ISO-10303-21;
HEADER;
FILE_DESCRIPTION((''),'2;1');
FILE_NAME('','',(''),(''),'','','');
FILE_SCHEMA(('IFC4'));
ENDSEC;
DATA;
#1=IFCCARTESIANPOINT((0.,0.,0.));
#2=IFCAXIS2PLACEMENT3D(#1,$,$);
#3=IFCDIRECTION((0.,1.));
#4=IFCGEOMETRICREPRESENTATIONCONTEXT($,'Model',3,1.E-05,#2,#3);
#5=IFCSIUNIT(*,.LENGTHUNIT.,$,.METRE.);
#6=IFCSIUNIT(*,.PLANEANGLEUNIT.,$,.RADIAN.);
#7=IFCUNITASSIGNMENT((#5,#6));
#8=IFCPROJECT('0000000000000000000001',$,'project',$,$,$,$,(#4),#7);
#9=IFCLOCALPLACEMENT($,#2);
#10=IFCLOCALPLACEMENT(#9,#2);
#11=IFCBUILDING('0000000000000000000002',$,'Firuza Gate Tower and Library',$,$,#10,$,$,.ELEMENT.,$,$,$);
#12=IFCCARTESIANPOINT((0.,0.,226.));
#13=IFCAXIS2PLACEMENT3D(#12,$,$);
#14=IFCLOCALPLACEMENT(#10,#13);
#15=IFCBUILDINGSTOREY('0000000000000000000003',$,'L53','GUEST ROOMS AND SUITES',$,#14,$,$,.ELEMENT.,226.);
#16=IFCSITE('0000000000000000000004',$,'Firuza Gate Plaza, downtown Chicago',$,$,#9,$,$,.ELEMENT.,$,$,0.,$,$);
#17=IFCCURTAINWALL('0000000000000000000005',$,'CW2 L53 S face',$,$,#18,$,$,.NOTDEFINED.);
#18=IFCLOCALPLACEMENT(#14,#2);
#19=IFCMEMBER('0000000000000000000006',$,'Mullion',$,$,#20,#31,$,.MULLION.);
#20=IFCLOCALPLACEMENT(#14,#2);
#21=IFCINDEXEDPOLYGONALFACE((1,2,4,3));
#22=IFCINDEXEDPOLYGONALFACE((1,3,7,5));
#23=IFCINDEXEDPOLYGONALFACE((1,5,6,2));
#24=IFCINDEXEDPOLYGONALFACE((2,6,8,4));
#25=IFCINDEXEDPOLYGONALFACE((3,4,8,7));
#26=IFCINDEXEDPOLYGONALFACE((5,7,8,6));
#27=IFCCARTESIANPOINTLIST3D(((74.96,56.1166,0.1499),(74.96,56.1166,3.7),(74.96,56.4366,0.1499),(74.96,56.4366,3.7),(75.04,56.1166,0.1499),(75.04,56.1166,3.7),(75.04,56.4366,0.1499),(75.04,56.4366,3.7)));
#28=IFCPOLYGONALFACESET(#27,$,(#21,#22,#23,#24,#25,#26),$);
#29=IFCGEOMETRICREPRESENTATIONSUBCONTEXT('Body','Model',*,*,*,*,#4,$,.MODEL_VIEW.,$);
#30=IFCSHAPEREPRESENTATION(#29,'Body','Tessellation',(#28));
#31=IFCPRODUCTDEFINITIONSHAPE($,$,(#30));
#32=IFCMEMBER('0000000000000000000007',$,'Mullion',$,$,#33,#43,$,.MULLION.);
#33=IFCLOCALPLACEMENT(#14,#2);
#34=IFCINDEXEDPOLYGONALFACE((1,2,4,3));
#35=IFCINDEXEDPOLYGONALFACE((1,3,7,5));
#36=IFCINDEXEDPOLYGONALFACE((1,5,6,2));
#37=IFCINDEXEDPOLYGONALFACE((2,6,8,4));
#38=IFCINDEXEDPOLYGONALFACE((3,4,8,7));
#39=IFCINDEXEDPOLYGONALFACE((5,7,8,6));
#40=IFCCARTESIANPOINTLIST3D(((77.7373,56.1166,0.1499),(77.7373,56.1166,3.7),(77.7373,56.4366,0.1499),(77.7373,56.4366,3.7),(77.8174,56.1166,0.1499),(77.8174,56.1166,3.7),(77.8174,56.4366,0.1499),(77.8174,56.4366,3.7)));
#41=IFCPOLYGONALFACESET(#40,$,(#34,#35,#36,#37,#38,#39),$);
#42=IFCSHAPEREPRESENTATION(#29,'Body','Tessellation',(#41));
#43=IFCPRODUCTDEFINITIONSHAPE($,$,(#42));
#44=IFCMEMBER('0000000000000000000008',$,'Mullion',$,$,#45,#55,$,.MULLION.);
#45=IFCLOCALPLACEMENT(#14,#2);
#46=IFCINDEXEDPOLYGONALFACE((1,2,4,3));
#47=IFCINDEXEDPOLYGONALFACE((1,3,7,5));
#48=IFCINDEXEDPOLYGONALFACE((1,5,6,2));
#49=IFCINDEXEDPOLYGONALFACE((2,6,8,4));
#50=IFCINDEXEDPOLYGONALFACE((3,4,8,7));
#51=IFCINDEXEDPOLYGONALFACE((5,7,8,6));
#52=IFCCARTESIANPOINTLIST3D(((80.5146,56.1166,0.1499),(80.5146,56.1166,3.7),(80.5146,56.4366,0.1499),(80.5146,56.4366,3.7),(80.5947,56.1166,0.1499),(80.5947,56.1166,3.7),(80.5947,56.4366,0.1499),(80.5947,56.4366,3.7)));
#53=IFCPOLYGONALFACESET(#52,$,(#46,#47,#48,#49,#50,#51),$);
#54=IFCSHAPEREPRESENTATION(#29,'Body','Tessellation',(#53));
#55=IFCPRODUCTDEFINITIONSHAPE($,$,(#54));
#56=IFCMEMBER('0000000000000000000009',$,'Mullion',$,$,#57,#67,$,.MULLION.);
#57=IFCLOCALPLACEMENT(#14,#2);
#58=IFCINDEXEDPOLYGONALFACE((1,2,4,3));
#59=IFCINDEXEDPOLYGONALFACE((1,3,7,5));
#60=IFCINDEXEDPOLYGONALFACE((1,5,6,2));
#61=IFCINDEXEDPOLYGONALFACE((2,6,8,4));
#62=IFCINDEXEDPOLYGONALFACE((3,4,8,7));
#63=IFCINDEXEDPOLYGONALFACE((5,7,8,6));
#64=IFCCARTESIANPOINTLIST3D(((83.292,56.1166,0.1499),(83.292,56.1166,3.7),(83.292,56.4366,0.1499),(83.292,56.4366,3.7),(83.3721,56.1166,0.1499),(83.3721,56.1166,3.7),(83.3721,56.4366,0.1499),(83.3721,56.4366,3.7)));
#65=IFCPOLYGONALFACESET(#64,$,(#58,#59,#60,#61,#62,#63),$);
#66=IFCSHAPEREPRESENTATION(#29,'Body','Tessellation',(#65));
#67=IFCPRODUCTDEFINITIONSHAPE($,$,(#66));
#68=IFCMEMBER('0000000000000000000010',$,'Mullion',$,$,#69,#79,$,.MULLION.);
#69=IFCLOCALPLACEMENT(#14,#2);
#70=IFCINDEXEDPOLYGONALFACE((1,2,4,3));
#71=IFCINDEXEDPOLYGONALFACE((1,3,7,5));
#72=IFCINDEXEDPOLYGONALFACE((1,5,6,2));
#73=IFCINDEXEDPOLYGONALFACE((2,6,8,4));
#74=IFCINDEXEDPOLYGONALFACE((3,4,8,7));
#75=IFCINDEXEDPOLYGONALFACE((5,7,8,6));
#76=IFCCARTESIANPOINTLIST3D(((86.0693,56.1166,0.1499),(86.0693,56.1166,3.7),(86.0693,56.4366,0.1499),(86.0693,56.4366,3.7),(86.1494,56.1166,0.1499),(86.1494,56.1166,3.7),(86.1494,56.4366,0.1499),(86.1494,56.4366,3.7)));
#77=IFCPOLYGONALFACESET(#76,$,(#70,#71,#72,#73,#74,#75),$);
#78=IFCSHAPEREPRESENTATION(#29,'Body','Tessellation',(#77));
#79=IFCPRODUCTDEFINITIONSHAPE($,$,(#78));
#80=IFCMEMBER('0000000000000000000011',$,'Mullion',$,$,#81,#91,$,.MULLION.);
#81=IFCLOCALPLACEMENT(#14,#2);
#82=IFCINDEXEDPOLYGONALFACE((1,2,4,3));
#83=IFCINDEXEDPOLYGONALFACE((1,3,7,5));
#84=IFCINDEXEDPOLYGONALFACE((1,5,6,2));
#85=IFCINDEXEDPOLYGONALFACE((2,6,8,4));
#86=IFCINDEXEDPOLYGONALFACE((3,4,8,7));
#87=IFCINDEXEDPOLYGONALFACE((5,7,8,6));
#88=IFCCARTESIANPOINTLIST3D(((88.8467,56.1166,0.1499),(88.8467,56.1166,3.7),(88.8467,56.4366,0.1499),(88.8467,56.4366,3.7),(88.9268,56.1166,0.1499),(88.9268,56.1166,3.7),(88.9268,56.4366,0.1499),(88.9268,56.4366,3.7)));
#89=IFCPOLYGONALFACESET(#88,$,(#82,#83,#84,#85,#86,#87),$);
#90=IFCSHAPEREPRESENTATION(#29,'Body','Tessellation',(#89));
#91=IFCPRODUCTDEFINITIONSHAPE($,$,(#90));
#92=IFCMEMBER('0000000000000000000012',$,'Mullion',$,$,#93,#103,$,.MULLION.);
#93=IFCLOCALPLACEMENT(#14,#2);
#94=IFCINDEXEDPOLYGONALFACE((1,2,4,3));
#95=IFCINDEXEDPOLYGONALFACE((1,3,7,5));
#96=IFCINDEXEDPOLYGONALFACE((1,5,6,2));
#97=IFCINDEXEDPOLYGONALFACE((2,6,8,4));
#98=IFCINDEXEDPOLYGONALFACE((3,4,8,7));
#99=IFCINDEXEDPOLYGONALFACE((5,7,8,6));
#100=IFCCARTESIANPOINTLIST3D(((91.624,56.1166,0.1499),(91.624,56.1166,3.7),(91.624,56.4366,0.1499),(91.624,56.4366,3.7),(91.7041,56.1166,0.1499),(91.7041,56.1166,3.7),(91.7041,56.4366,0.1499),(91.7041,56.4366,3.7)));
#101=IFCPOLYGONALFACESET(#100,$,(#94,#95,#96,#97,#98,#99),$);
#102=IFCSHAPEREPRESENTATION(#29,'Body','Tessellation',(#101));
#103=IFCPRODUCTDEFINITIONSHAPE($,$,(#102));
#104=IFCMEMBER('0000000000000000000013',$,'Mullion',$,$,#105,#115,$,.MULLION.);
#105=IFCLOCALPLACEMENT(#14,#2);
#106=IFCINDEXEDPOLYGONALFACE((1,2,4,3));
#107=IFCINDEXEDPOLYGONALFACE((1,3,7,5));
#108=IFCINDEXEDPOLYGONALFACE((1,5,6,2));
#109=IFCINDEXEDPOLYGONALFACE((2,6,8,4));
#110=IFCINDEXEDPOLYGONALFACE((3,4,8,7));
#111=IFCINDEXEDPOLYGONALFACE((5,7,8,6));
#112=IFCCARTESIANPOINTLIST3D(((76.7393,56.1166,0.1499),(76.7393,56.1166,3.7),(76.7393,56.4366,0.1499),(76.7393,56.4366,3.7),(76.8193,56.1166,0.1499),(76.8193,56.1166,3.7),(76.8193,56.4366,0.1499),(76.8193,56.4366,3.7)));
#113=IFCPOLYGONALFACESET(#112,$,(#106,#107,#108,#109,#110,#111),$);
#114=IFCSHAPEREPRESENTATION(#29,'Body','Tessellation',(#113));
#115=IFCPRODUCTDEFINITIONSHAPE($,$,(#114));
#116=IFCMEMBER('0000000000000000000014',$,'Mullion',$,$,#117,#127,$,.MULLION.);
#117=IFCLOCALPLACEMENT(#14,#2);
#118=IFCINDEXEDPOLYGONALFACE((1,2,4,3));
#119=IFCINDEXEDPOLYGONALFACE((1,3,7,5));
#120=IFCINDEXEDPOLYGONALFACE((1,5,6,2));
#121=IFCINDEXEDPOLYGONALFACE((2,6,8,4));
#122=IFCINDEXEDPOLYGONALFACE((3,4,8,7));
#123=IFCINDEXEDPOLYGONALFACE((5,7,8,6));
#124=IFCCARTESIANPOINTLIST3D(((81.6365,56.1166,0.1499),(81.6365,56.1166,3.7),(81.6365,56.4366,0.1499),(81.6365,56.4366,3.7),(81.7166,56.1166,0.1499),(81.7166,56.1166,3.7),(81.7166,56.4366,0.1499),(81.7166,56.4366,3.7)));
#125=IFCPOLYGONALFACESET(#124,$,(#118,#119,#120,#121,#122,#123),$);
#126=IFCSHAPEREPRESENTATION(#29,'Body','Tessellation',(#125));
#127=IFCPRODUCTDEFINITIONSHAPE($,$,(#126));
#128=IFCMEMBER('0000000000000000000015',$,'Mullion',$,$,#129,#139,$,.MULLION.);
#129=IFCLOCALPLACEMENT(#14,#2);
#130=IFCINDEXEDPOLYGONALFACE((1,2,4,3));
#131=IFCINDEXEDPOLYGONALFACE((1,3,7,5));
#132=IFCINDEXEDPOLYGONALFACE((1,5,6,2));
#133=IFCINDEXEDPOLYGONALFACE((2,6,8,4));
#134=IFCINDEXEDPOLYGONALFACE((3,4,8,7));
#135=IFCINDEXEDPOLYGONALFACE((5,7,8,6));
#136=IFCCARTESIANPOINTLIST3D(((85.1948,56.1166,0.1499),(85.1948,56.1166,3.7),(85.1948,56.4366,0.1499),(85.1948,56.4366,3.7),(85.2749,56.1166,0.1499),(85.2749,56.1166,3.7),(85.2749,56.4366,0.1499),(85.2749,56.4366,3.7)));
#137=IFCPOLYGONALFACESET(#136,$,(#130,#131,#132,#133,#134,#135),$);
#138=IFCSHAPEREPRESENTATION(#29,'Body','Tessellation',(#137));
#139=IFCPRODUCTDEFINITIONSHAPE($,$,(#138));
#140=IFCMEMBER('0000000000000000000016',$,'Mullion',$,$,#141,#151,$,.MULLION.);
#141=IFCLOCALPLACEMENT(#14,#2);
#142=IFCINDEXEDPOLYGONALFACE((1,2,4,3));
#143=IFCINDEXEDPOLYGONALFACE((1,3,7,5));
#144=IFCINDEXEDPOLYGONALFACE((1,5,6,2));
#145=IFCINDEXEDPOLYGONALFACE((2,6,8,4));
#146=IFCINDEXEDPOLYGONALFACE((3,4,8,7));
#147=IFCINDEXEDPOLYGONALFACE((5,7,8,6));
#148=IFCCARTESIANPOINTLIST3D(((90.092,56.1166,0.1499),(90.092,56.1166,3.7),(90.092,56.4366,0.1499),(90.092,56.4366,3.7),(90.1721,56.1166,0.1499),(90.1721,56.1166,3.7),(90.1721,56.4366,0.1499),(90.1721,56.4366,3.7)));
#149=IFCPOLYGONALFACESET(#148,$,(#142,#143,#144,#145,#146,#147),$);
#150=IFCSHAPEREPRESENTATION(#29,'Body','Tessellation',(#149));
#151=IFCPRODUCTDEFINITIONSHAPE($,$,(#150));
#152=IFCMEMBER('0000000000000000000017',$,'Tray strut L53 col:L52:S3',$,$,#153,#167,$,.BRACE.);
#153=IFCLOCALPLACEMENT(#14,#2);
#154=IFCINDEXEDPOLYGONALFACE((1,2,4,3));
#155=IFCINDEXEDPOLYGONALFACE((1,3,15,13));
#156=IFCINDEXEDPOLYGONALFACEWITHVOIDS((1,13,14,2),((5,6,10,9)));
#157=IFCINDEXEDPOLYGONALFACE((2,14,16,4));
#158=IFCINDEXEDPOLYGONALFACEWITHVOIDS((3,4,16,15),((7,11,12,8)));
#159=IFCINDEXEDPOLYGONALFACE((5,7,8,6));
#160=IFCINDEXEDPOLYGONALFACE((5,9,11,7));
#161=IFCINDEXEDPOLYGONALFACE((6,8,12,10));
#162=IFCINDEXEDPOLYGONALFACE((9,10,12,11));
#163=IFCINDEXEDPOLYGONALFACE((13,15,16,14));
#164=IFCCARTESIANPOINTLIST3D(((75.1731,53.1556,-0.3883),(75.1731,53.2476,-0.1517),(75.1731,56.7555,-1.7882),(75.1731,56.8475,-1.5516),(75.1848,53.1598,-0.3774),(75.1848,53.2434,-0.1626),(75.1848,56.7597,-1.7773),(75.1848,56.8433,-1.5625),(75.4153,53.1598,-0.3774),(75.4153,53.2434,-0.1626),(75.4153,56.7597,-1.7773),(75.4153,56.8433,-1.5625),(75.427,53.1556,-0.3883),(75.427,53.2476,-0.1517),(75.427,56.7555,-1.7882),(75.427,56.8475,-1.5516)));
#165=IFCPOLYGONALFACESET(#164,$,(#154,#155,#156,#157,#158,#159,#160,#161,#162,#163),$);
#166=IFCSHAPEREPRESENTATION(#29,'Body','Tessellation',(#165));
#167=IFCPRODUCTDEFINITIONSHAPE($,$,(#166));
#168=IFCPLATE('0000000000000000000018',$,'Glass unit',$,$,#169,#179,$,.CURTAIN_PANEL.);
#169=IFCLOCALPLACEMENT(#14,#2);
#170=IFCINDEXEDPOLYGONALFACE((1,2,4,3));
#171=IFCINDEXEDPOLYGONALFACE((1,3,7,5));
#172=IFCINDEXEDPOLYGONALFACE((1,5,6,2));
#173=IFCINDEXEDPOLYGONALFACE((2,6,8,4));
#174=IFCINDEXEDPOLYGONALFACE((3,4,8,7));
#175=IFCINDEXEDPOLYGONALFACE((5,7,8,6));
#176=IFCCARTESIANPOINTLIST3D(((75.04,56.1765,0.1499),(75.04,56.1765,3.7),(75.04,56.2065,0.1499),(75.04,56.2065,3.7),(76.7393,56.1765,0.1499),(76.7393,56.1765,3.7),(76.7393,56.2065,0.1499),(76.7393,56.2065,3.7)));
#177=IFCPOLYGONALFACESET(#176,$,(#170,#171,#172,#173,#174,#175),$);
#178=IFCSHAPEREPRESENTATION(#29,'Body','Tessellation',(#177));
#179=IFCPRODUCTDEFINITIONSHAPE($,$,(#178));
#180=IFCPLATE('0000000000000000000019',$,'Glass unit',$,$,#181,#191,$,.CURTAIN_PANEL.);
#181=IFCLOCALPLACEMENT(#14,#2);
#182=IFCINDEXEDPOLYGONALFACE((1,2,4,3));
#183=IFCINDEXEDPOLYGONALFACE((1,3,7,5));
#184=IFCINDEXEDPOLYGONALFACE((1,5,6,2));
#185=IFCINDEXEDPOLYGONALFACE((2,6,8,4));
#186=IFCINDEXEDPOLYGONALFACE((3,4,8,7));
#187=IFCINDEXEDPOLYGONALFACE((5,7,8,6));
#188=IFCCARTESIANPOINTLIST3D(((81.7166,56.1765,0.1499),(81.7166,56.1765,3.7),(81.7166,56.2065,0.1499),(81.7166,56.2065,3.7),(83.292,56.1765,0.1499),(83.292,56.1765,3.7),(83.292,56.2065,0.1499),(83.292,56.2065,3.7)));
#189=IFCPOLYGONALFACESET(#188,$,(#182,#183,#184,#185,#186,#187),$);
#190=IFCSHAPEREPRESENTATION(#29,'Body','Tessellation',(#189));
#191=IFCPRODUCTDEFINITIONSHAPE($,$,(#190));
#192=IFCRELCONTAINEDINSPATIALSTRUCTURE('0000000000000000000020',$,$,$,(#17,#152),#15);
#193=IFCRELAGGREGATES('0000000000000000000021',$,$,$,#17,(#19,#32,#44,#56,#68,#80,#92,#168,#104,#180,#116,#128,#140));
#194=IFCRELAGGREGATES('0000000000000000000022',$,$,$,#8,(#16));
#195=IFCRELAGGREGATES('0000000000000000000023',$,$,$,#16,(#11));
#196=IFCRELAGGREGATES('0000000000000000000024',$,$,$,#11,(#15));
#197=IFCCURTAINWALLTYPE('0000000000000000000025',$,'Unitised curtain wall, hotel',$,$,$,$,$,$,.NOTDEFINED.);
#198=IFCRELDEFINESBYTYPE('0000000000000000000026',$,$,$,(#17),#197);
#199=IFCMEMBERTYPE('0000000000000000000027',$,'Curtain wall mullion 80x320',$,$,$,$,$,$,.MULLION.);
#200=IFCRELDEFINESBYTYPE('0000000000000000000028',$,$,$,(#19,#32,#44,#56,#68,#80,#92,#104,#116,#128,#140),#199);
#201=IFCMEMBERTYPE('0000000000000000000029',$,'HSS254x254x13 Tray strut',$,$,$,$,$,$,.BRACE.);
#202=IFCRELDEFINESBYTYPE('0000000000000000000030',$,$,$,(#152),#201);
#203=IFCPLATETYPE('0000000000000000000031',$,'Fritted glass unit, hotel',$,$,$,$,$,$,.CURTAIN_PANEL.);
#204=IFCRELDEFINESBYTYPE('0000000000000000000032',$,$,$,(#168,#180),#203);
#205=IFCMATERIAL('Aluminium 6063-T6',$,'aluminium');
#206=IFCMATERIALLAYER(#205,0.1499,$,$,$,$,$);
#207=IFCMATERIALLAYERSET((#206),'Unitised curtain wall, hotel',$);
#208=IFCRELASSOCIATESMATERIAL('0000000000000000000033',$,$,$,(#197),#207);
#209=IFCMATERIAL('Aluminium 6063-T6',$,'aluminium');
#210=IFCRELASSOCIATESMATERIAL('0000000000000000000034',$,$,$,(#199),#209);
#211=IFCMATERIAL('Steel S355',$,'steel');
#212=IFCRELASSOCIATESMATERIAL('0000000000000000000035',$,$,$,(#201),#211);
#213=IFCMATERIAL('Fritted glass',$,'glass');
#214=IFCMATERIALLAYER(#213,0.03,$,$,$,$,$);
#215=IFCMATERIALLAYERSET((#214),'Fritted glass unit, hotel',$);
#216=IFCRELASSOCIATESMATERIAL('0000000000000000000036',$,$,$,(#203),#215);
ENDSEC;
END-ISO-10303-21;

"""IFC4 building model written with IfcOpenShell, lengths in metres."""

from ifc_helpers import new_model, si_unit, direction, frame, origin, origin_2d, place, context, subcontext, project, spatial, polyline, rectangle, hollow_rectangle, outline, extrude, material, layer, layer_set, material_profile, profile_set, type_object, element, aggregate, save


model = new_model("IFC4")

# Units and contexts
model_context = context("Model", 3, precision=1e-05, world=origin(), true_north=direction((0.0, 1.0)))
body_context = subcontext(model_context, "Body", "Model", "MODEL_VIEW")
ifc_project = project(units=[si_unit("LENGTHUNIT", "METRE"), si_unit("PLANEANGLEUNIT", "RADIAN")], contexts=[model_context])

# Site, building, storey
site_placement = place(None, origin())
site = spatial("IfcSite", under=ifc_project, at=site_placement, Name="Firuza Gate Plaza, downtown Chicago", CompositionType="ELEMENT", RefElevation=0.0)
building_placement = place(site_placement, origin())
building = spatial("IfcBuilding", under=site, at=building_placement, Name="Firuza Gate Tower and Library", CompositionType="ELEMENT")
storey_placement = place(building_placement, frame((0.0, 0.0, 226.0)))
storey = spatial("IfcBuildingStorey", under=building, at=storey_placement, Name="L53", Description="GUEST ROOMS AND SUITES", CompositionType="ELEMENT", Elevation=226.0)

# Curtain wall, members
ifc_material_1 = material(Name="Aluminium 6063-T6", Category="aluminium")
ifc_layer_1 = layer(ifc_material_1, 0.1499)
ifc_layer_set_1 = layer_set([ifc_layer_1], Name="Unitised curtain wall, hotel")
curtain_wall_type = type_object("IfcCurtainWallType", Name="Unitised curtain wall, hotel", PredefinedType="NOTDEFINED", material=ifc_layer_set_1)
curtain_wall_placement = place(storey_placement, origin())
curtain_wall = element("IfcCurtainWall", 1, at=curtain_wall_placement, inside=storey, type_object=curtain_wall_type, Name="CW2 L53 S face", PredefinedType="NOTDEFINED")
ifc_material_2 = material(Name="Aluminium 6063-T6", Category="aluminium")
ifc_material_profile_1 = material_profile(ifc_material_2, rectangle(XDim=0.3201, YDim=0.0801, at=origin_2d()))
ifc_profile_set_1 = profile_set([ifc_material_profile_1], Name="Aluminium 6063-T6")
member_type_1 = type_object("IfcMemberType", Name="Curtain wall mullion 80x320", PredefinedType="MULLION", material=ifc_profile_set_1)
member_1_placement = place(storey_placement, frame((75.0, 56.2766, 0.1499), z_axis=(0.0, 0.0, 1.0), x_axis=(0.0, 1.0, 0.0)))
member_1 = element("IfcMember", 2, at=member_1_placement, type_object=member_type_1, Name="Mullion", PredefinedType="MULLION", context=body_context, shape_type="SweptSolid", body=[
    extrude(rectangle(XDim=0.3201, YDim=0.0801, at=origin_2d()), origin(), (0.0, 0.0, 1.0), 3.55),
])
member_2_placement = place(storey_placement, frame((77.7773, 56.2766, 0.1499), z_axis=(0.0, 0.0, 1.0), x_axis=(0.0, 1.0, 0.0)))
member_2 = element("IfcMember", 3, at=member_2_placement, type_object=member_type_1, Name="Mullion", PredefinedType="MULLION", context=body_context, shape_type="SweptSolid", body=[
    extrude(rectangle(XDim=0.3201, YDim=0.0801, at=origin_2d()), origin(), (0.0, 0.0, 1.0), 3.55),
])
member_3_placement = place(storey_placement, frame((80.5547, 56.2766, 0.1499), z_axis=(0.0, 0.0, 1.0), x_axis=(0.0, 1.0, 0.0)))
member_3 = element("IfcMember", 4, at=member_3_placement, type_object=member_type_1, Name="Mullion", PredefinedType="MULLION", context=body_context, shape_type="SweptSolid", body=[
    extrude(rectangle(XDim=0.3201, YDim=0.0801, at=origin_2d()), origin(), (0.0, 0.0, 1.0), 3.55),
])
member_4_placement = place(storey_placement, frame((83.332, 56.2766, 0.1499), z_axis=(0.0, 0.0, 1.0), x_axis=(0.0, 1.0, 0.0)))
member_4 = element("IfcMember", 5, at=member_4_placement, type_object=member_type_1, Name="Mullion", PredefinedType="MULLION", context=body_context, shape_type="SweptSolid", body=[
    extrude(rectangle(XDim=0.3201, YDim=0.0801, at=origin_2d()), origin(), (0.0, 0.0, 1.0), 3.55),
])
member_5_placement = place(storey_placement, frame((86.1094, 56.2766, 0.1499), z_axis=(0.0, 0.0, 1.0), x_axis=(0.0, 1.0, 0.0)))
member_5 = element("IfcMember", 6, at=member_5_placement, type_object=member_type_1, Name="Mullion", PredefinedType="MULLION", context=body_context, shape_type="SweptSolid", body=[
    extrude(rectangle(XDim=0.3201, YDim=0.0801, at=origin_2d()), origin(), (0.0, 0.0, 1.0), 3.55),
])
member_6_placement = place(storey_placement, frame((88.8867, 56.2766, 0.1499), z_axis=(0.0, 0.0, 1.0), x_axis=(0.0, 1.0, 0.0)))
member_6 = element("IfcMember", 7, at=member_6_placement, type_object=member_type_1, Name="Mullion", PredefinedType="MULLION", context=body_context, shape_type="SweptSolid", body=[
    extrude(rectangle(XDim=0.3201, YDim=0.0801, at=origin_2d()), origin(), (0.0, 0.0, 1.0), 3.55),
])
member_7_placement = place(storey_placement, frame((91.6641, 56.2766, 0.1499), z_axis=(0.0, 0.0, 1.0), x_axis=(0.0, 1.0, 0.0)))
member_7 = element("IfcMember", 8, at=member_7_placement, type_object=member_type_1, Name="Mullion", PredefinedType="MULLION", context=body_context, shape_type="SweptSolid", body=[
    extrude(rectangle(XDim=0.3201, YDim=0.0801, at=origin_2d()), origin(), (0.0, 0.0, 1.0), 3.55),
])
member_8_placement = place(storey_placement, frame((76.7793, 56.2766, 0.1499), z_axis=(0.0, 0.0, 1.0), x_axis=(0.0, 1.0, 0.0)))
member_8 = element("IfcMember", 9, at=member_8_placement, type_object=member_type_1, Name="Mullion", PredefinedType="MULLION", context=body_context, shape_type="SweptSolid", body=[
    extrude(rectangle(XDim=0.3201, YDim=0.0801, at=origin_2d()), origin(), (0.0, 0.0, 1.0), 3.55),
])
member_9_placement = place(storey_placement, frame((81.6765, 56.2766, 0.1499), z_axis=(0.0, 0.0, 1.0), x_axis=(0.0, 1.0, 0.0)))
member_9 = element("IfcMember", 10, at=member_9_placement, type_object=member_type_1, Name="Mullion", PredefinedType="MULLION", context=body_context, shape_type="SweptSolid", body=[
    extrude(rectangle(XDim=0.3201, YDim=0.0801, at=origin_2d()), origin(), (0.0, 0.0, 1.0), 3.55),
])
member_10_placement = place(storey_placement, frame((85.2349, 56.2766, 0.1499), z_axis=(0.0, 0.0, 1.0), x_axis=(0.0, 1.0, 0.0)))
member_10 = element("IfcMember", 11, at=member_10_placement, type_object=member_type_1, Name="Mullion", PredefinedType="MULLION", context=body_context, shape_type="SweptSolid", body=[
    extrude(rectangle(XDim=0.3201, YDim=0.0801, at=origin_2d()), origin(), (0.0, 0.0, 1.0), 3.55),
])
member_11_placement = place(storey_placement, frame((90.1321, 56.2766, 0.1499), z_axis=(0.0, 0.0, 1.0), x_axis=(0.0, 1.0, 0.0)))
member_11 = element("IfcMember", 12, at=member_11_placement, type_object=member_type_1, Name="Mullion", PredefinedType="MULLION", context=body_context, shape_type="SweptSolid", body=[
    extrude(rectangle(XDim=0.3201, YDim=0.0801, at=origin_2d()), origin(), (0.0, 0.0, 1.0), 3.55),
])

# Member
ifc_material_3 = material(Name="Steel S355", Category="steel")
ifc_material_profile_2 = material_profile(ifc_material_3, hollow_rectangle(XDim=0.2539, YDim=0.2539, WallThickness=0.0117, at=origin_2d()))
ifc_profile_set_2 = profile_set([ifc_material_profile_2], Name="Steel S355")
member_type_2 = type_object("IfcMemberType", Name="HSS254x254x13 Tray strut", PredefinedType="BRACE", material=ifc_profile_set_2)
member_12_placement = place(storey_placement, frame((75.3, 56.8015, -1.6699), z_axis=(0.0, -0.932008, 0.362437), x_axis=(1.0, 0.0, 0.0)))
element("IfcMember", 13, at=member_12_placement, inside=storey, type_object=member_type_2, Name="Tray strut L53 col:L52:S3", PredefinedType="BRACE", context=body_context, shape_type="SweptSolid", body=[
    extrude(hollow_rectangle(XDim=0.2539, YDim=0.2539, WallThickness=0.0117, at=origin_2d()), origin(), (0.0, 0.0, 1.0), 3.8625),
])

# Plates
ifc_material_4 = material(Name="Fritted glass", Category="glass")
ifc_layer_2 = layer(ifc_material_4, 0.03)
ifc_layer_set_2 = layer_set([ifc_layer_2], Name="Fritted glass unit, hotel")
plate_type_1 = type_object("IfcPlateType", Name="Fritted glass unit, hotel", PredefinedType="CURTAIN_PANEL", material=ifc_layer_set_2)
plate_1_placement = place(storey_placement, frame((75.04, 56.1765, 0.1499), z_axis=(0.0, -1.0, 0.0), x_axis=(1.0, 0.0, 0.0)))
plate_1 = element("IfcPlate", 14, at=plate_1_placement, type_object=plate_type_1, Name="Glass unit", PredefinedType="CURTAIN_PANEL", context=body_context, shape_type="SweptSolid", body=[
    extrude(outline(polyline([(0.0, 0.0), (1.6992, 0.0), (1.6992, 3.55), (0.0, 3.55), (0.0, 0.0)])), origin(), (0.0, 0.0, -1.0), 0.03),
])
plate_2_placement = place(storey_placement, frame((81.7166, 56.1765, 0.1499), z_axis=(0.0, -1.0, 0.0), x_axis=(1.0, 0.0, 0.0)))
plate_2 = element("IfcPlate", 15, at=plate_2_placement, type_object=plate_type_1, Name="Glass unit", PredefinedType="CURTAIN_PANEL", context=body_context, shape_type="SweptSolid", body=[
    extrude(outline(polyline([(0.0, 0.0), (1.5754, 0.0), (1.5754, 3.55), (0.0, 3.55), (0.0, 0.0)])), origin(), (0.0, 0.0, -1.0), 0.03),
])
aggregate(curtain_wall, [member_1, member_2, member_3, member_4, member_5, member_6, member_7, plate_1, member_8, plate_2, member_9, member_10, member_11])

save(model, "model.ifc")
